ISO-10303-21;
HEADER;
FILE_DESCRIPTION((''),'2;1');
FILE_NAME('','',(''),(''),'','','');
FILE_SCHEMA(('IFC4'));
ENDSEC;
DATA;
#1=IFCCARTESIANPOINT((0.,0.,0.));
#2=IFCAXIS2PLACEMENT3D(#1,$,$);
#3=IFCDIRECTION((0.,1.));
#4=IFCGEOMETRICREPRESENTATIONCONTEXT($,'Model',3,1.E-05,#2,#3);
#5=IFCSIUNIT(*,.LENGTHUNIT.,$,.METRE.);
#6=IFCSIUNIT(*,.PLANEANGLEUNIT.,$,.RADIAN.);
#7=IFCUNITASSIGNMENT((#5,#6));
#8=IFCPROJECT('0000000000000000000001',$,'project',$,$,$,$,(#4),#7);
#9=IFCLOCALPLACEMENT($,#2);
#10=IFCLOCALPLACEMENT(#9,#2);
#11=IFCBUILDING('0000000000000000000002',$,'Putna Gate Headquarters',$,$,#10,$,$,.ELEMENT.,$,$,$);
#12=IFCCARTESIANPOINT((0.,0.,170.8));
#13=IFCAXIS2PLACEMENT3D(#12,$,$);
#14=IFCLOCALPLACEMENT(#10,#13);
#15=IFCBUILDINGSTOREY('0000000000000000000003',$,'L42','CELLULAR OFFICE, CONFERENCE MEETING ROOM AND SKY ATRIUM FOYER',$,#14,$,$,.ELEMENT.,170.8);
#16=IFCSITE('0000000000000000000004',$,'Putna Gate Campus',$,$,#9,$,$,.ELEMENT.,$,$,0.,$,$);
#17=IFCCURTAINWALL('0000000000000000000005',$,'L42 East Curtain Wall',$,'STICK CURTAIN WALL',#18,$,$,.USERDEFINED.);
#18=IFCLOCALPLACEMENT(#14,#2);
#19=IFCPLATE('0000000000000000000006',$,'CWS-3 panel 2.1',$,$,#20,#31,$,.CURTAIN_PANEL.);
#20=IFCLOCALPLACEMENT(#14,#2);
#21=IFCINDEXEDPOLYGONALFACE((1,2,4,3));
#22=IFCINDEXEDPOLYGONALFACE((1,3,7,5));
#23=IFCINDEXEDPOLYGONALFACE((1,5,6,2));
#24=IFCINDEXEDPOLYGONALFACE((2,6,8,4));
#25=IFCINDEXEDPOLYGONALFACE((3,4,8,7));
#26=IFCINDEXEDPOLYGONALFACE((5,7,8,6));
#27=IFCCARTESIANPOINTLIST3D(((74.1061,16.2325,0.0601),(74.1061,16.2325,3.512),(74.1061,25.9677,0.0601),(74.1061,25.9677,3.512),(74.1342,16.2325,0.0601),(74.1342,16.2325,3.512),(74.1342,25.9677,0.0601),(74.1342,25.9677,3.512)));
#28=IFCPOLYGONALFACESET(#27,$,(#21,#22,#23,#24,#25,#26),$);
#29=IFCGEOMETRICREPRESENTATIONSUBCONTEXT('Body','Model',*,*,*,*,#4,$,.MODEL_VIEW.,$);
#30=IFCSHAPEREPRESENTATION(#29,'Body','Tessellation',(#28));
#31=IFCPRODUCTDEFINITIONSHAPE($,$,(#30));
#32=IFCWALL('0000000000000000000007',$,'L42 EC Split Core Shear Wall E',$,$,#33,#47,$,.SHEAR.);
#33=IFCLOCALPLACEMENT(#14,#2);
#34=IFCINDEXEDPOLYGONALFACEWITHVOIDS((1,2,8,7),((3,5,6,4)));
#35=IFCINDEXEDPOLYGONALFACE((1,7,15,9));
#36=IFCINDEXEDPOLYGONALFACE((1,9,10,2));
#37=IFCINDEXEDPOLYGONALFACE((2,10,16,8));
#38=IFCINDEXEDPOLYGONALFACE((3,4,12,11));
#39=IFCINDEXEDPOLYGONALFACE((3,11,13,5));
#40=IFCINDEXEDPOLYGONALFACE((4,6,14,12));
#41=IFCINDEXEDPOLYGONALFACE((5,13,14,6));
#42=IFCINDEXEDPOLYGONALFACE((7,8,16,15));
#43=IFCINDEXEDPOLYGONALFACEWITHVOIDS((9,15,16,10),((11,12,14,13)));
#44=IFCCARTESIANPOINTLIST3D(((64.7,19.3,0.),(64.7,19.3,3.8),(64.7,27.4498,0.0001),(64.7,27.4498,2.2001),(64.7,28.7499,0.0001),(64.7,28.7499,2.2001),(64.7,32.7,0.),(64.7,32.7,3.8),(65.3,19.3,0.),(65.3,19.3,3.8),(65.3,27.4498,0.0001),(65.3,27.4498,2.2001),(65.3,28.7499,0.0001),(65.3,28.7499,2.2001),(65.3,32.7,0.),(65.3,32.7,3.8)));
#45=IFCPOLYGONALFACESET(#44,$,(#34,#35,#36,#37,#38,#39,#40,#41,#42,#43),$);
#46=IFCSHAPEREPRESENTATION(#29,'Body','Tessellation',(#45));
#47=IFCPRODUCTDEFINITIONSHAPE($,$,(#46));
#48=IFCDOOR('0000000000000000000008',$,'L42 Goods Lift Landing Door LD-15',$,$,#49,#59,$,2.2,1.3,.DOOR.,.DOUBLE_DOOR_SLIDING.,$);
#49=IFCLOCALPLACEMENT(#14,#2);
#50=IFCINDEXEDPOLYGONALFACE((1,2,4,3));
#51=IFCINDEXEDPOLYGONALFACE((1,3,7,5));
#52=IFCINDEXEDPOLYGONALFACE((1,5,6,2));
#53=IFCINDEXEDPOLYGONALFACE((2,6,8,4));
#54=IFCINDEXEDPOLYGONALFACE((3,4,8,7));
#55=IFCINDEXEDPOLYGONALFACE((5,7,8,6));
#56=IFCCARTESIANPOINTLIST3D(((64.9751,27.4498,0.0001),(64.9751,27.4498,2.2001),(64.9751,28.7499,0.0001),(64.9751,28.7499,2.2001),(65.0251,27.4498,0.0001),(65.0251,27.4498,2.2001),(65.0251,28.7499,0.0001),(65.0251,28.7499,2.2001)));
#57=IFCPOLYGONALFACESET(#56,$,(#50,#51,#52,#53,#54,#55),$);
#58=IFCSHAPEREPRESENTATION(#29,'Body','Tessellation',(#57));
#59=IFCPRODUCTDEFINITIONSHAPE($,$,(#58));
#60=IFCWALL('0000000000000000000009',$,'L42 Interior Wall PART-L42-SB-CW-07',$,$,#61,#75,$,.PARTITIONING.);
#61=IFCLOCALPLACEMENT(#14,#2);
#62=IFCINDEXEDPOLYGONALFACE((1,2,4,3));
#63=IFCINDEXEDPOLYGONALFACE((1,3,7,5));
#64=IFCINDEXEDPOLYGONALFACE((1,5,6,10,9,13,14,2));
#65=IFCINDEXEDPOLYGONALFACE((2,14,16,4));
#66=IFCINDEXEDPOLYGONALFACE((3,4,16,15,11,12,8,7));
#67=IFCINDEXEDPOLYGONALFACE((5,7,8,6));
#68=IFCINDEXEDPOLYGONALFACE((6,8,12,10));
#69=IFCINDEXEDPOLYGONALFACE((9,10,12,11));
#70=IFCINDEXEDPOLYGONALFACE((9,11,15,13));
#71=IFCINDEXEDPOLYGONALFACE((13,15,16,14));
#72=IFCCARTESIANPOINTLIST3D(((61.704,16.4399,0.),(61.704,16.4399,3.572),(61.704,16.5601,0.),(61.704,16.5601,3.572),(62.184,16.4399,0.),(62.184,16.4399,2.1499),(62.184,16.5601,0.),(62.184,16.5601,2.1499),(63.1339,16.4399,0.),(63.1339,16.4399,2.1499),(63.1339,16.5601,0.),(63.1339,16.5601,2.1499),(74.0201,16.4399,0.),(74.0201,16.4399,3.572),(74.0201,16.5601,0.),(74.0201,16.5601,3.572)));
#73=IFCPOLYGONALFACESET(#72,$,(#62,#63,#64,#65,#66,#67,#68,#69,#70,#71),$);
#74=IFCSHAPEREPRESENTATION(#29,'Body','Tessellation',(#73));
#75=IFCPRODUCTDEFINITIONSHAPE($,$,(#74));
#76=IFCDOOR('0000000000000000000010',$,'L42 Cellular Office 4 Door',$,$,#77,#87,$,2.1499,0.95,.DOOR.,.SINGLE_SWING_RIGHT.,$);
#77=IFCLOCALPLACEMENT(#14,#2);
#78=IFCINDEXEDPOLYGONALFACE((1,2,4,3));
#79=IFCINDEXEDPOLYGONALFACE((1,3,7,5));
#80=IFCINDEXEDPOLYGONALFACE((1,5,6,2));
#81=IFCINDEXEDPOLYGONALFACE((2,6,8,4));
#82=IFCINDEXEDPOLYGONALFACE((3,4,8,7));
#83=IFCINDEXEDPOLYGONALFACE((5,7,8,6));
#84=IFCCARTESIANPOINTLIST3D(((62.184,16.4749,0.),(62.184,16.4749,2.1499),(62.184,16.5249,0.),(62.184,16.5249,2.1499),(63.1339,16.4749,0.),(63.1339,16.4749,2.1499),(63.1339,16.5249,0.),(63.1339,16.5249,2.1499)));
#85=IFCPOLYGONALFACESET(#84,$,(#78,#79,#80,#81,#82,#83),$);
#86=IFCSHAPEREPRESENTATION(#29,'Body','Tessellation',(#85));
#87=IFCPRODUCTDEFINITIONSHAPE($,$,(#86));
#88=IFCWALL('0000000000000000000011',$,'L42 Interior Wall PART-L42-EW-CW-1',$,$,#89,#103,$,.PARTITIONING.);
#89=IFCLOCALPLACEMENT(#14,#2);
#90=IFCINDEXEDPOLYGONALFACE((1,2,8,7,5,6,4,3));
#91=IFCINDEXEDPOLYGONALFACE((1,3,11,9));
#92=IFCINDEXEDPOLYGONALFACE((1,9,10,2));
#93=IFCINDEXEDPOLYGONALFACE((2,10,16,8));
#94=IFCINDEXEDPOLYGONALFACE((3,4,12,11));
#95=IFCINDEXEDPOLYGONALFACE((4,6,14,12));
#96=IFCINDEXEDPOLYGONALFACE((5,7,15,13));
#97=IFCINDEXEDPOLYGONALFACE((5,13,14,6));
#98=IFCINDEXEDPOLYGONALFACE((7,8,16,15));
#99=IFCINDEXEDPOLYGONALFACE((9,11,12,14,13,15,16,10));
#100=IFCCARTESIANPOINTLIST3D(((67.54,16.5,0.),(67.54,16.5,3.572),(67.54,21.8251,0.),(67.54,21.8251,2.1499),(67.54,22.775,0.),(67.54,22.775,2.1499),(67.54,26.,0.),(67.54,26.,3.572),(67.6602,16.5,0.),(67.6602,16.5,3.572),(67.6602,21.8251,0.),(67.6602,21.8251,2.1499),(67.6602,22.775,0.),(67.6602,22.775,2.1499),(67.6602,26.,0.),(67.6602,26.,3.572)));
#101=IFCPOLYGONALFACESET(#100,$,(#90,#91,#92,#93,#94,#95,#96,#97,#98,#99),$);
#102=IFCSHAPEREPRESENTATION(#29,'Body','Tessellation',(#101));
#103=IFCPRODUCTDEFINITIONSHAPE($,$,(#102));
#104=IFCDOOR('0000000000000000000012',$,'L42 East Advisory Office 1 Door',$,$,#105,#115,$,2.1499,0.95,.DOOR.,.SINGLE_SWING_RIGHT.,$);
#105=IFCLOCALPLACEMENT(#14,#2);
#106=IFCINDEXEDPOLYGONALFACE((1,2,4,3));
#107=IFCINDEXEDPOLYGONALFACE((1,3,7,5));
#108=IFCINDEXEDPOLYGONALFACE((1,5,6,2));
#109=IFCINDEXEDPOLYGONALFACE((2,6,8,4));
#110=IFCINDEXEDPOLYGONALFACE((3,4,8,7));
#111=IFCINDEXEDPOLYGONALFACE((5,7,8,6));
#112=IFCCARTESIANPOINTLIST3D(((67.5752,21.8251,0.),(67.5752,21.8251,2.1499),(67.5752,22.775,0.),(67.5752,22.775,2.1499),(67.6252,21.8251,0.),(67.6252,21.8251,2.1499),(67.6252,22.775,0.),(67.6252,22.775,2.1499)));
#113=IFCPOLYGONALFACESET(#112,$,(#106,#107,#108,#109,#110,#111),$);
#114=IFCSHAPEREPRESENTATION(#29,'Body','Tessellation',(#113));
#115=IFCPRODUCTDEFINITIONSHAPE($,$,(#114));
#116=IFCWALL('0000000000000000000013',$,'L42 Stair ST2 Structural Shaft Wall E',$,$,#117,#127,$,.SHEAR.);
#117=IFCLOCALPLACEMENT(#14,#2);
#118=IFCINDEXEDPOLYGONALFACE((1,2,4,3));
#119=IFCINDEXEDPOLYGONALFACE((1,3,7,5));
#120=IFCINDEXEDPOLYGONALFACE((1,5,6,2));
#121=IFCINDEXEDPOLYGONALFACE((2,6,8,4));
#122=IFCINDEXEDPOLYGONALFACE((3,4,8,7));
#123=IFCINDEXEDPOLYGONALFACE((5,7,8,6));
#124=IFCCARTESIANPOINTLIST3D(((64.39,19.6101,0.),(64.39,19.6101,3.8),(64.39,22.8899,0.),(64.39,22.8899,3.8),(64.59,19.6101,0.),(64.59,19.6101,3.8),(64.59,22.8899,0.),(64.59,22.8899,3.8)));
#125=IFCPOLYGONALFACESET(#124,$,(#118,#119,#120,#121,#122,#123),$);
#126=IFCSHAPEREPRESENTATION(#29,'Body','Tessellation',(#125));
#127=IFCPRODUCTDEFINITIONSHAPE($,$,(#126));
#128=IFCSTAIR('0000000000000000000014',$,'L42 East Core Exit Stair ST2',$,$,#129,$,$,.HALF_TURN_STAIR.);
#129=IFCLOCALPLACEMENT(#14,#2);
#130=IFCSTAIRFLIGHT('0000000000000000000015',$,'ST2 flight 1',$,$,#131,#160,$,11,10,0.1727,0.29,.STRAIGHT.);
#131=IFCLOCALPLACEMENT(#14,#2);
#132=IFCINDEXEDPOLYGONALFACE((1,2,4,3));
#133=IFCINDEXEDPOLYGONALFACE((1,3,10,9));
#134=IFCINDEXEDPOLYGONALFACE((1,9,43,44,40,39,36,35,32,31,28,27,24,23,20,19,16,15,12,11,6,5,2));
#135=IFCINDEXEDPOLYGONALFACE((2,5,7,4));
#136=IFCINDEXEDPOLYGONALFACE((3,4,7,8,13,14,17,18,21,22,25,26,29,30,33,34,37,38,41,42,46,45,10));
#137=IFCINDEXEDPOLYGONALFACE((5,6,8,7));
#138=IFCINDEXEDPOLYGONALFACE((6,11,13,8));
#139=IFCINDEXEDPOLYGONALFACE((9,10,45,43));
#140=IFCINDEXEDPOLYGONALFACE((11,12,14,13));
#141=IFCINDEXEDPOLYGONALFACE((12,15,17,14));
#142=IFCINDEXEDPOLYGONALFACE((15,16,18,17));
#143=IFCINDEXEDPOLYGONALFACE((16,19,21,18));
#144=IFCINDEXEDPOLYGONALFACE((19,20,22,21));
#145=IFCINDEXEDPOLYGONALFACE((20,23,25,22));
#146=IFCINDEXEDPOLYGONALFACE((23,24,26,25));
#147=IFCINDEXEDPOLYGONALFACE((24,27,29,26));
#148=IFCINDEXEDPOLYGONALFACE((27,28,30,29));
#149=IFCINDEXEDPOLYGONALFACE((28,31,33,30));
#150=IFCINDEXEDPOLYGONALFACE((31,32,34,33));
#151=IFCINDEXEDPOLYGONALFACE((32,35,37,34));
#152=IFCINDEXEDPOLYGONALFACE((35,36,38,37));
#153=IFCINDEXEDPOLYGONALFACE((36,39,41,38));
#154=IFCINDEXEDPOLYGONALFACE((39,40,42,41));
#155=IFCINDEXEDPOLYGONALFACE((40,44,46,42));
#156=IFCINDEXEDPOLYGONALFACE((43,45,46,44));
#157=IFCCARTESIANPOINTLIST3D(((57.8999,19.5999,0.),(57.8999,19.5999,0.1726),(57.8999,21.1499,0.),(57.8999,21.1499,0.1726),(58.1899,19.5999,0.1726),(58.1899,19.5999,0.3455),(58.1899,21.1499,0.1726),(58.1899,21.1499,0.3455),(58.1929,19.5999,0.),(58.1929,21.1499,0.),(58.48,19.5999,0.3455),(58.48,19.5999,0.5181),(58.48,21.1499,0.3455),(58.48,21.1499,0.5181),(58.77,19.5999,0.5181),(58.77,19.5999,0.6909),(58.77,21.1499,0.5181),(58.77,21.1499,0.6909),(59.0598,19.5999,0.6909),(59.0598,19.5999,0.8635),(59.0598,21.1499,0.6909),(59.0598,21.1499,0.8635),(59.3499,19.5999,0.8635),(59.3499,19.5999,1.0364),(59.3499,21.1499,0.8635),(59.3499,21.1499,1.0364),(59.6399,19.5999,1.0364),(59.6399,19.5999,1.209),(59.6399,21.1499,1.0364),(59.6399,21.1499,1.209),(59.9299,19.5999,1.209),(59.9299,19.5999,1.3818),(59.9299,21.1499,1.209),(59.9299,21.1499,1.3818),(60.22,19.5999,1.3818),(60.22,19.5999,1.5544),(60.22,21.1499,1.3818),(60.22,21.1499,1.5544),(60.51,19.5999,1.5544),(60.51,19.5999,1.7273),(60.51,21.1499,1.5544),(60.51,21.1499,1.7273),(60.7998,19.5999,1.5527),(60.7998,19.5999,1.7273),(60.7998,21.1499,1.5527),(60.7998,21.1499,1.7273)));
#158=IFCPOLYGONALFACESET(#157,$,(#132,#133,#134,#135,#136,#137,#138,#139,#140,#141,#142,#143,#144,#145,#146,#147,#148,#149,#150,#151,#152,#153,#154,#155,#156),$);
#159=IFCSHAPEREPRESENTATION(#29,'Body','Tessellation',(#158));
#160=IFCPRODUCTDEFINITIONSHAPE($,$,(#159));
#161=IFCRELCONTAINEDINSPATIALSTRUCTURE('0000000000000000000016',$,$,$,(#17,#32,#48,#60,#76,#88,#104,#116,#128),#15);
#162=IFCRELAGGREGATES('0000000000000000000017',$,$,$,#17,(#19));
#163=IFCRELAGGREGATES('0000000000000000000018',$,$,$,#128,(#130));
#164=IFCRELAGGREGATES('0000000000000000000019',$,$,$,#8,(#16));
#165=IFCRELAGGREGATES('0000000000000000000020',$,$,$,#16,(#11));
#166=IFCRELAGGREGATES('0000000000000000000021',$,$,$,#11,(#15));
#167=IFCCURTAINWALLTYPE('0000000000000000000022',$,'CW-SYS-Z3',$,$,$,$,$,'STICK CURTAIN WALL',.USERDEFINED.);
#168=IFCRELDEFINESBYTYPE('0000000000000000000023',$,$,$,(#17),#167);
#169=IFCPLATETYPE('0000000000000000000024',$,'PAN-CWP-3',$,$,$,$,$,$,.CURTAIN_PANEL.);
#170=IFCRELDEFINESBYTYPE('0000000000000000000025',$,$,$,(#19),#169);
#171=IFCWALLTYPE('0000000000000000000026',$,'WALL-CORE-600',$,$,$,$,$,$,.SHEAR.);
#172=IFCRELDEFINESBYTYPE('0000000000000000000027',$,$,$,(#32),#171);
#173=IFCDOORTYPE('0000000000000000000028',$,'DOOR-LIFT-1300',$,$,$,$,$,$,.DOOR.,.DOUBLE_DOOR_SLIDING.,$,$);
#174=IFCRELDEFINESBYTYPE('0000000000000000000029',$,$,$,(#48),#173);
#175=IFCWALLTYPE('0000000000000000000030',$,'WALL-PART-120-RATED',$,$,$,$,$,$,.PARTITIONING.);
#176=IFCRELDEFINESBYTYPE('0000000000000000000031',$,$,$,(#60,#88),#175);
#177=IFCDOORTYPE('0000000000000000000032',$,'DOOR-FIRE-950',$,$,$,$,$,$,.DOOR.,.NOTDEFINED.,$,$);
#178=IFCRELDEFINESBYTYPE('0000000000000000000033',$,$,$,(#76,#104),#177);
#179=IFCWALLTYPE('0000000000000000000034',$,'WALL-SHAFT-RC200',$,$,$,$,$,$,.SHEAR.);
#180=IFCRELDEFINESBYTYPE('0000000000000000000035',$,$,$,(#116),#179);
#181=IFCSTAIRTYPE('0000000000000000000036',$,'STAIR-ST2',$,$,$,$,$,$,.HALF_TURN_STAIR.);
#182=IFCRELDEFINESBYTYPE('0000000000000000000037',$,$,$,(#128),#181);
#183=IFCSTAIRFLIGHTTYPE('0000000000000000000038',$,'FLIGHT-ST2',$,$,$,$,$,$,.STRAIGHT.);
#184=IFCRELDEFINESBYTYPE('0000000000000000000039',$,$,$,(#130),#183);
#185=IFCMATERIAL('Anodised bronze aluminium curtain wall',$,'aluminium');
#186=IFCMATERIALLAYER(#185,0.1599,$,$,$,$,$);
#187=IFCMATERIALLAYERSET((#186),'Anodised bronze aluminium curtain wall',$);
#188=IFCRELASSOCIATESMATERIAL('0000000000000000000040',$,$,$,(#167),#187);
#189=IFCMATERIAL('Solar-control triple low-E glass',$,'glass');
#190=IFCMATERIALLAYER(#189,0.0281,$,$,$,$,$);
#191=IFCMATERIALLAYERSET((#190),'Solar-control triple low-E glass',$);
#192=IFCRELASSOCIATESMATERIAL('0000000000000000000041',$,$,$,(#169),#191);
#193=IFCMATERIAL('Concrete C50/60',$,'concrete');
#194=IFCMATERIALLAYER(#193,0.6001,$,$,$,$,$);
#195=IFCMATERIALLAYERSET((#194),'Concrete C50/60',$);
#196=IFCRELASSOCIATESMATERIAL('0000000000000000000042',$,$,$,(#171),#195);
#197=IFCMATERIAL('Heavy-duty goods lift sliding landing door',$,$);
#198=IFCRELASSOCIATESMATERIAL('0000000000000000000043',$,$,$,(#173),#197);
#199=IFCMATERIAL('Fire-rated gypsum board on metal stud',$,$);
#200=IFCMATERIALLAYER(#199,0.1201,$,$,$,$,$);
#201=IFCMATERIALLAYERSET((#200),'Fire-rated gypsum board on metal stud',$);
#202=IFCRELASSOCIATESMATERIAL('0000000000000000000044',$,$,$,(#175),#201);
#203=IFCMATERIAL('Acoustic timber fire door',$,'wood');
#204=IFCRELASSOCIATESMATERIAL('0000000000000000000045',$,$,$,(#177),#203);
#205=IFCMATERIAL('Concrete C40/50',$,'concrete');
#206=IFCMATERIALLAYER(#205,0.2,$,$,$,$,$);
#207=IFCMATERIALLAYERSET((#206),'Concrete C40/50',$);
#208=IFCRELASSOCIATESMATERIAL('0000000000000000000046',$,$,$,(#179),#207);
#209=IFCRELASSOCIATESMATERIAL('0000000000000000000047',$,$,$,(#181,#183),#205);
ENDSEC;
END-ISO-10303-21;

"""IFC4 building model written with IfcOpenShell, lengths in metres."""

from ifc_helpers import new_model, si_unit, direction, frame, frame_2d, origin, origin_2d, place, context, subcontext, project, spatial, polyline, rectangle, outline, extrude, material, layer, layer_set, type_object, element, fill, aggregate, save


model = new_model("IFC4")

# Units and contexts
model_context = context("Model", 3, precision=1e-05, world=origin(), true_north=direction((0.0, 1.0)))
body_context = subcontext(model_context, "Body", "Model", "MODEL_VIEW")
ifc_project = project(units=[si_unit("LENGTHUNIT", "METRE"), si_unit("PLANEANGLEUNIT", "RADIAN")], contexts=[model_context])

# Site, building, storey
site_placement = place(None, origin())
site = spatial("IfcSite", under=ifc_project, at=site_placement, Name="Putna Gate Campus", CompositionType="ELEMENT", RefElevation=0.0)
building_placement = place(site_placement, origin())
building = spatial("IfcBuilding", under=site, at=building_placement, Name="Putna Gate Headquarters", CompositionType="ELEMENT")
storey_placement = place(building_placement, frame((0.0, 0.0, 170.8)))
storey = spatial("IfcBuildingStorey", under=building, at=storey_placement, Name="L42", Description="CELLULAR OFFICE, CONFERENCE MEETING ROOM AND SKY ATRIUM FOYER", CompositionType="ELEMENT", Elevation=170.8)

# Shared definitions
ifc_material_1 = material(Name="Concrete C50/60", Category="concrete")

# Curtain wall, plate
ifc_material_2 = material(Name="Anodised bronze aluminium curtain wall", Category="aluminium")
ifc_layer_1 = layer(ifc_material_2, 0.1599)
ifc_layer_set_1 = layer_set([ifc_layer_1], Name="Anodised bronze aluminium curtain wall")
curtain_wall_type = type_object("IfcCurtainWallType", Name="CW-SYS-Z3", ElementType="STICK CURTAIN WALL", PredefinedType="USERDEFINED", material=ifc_layer_set_1)
curtain_wall_placement = place(storey_placement, origin())
curtain_wall = element("IfcCurtainWall", 1, at=curtain_wall_placement, inside=storey, type_object=curtain_wall_type, Name="L42 East Curtain Wall", ObjectType="STICK CURTAIN WALL", PredefinedType="USERDEFINED")
ifc_material_3 = material(Name="Solar-control triple low-E glass", Category="glass")
ifc_layer_2 = layer(ifc_material_3, 0.0281)
ifc_layer_set_2 = layer_set([ifc_layer_2], Name="Solar-control triple low-E glass")
plate_type = type_object("IfcPlateType", Name="PAN-CWP-3", PredefinedType="CURTAIN_PANEL", material=ifc_layer_set_2)
plate_placement = place(storey_placement, frame((74.1201, 21.1001, 0.0601), z_axis=(0.0, 0.0, 1.0), x_axis=(0.0, 1.0, 0.0)))
plate = element("IfcPlate", 2, at=plate_placement, type_object=plate_type, Name="CWS-3 panel 2.1", PredefinedType="CURTAIN_PANEL", context=body_context, shape_type="SweptSolid", body=[
    extrude(rectangle(XDim=9.7351, YDim=0.0281, at=origin_2d()), origin(), (0.0, 0.0, 1.0), 3.4519),
])
aggregate(curtain_wall, [plate])

# Walls, openings, doors
ifc_layer_3 = layer(ifc_material_1, 0.6001)
ifc_layer_set_3 = layer_set([ifc_layer_3], Name="Concrete C50/60")
wall_type_1 = type_object("IfcWallType", Name="WALL-CORE-600", PredefinedType="SHEAR", material=ifc_layer_set_3)
wall_1_placement = place(storey_placement, frame((65.0, 19.3, 0.0), z_axis=(0.0, 0.0, 1.0), x_axis=(0.0, 1.0, 0.0)))
wall_1 = element("IfcWall", 3, at=wall_1_placement, inside=storey, type_object=wall_type_1, Name="L42 EC Split Core Shear Wall E", PredefinedType="SHEAR", context=body_context, shape_type="SweptSolid", body=[
    extrude(rectangle(XDim=13.3999, YDim=0.6001, at=frame_2d((6.7, 0.0))), origin(), (0.0, 0.0, 1.0), 3.8),
])
opening_1_placement = place(wall_1_placement, frame((8.1499, 0.0, 0.0)))
opening_1 = element("IfcOpeningElement", 4, at=opening_1_placement, cuts=wall_1, PredefinedType="OPENING", context=body_context, shape_type="SweptSolid", body=[
    extrude(rectangle(XDim=1.3, YDim=2.2, at=frame_2d((0.6499, 1.1001))), frame((0.0, 0.3101, 0.0), z_axis=(0.0, -1.0, 0.0), x_axis=(1.0, 0.0, 0.0)), (0.0, 0.0, 1.0), 0.6201),
])
ifc_material_4 = material(Name="Heavy-duty goods lift sliding landing door")
door_type_1 = type_object("IfcDoorType", Name="DOOR-LIFT-1300", OperationType="DOUBLE_DOOR_SLIDING", PredefinedType="DOOR", material=ifc_material_4)
door_1_placement = place(opening_1_placement, origin())
door_1 = element("IfcDoor", 5, at=door_1_placement, inside=storey, type_object=door_type_1, Name="L42 Goods Lift Landing Door LD-15", OperationType="DOUBLE_DOOR_SLIDING", OverallHeight=2.2, OverallWidth=1.3, PredefinedType="DOOR", context=body_context, shape_type="SweptSolid", body=[
    extrude(rectangle(XDim=1.3, YDim=2.2, at=frame_2d((0.6499, 1.1001))), frame((0.0, 0.0249, 0.0), z_axis=(0.0, -1.0, 0.0), x_axis=(1.0, 0.0, 0.0)), (0.0, 0.0, 1.0), 0.05),
])
fill(opening_1, door_1)
ifc_material_5 = material(Name="Fire-rated gypsum board on metal stud")
ifc_layer_4 = layer(ifc_material_5, 0.1201)
ifc_layer_set_4 = layer_set([ifc_layer_4], Name="Fire-rated gypsum board on metal stud")
wall_type_2 = type_object("IfcWallType", Name="WALL-PART-120-RATED", PredefinedType="PARTITIONING", material=ifc_layer_set_4)
wall_2_placement = place(storey_placement, frame((61.7039, 16.5, 0.0), z_axis=(0.0, 0.0, 1.0), x_axis=(1.0, 0.0, 0.0)))
wall_2 = element("IfcWall", 6, at=wall_2_placement, inside=storey, type_object=wall_type_2, Name="L42 Interior Wall PART-L42-SB-CW-07", PredefinedType="PARTITIONING", context=body_context, shape_type="SweptSolid", body=[
    extrude(rectangle(XDim=12.3162, YDim=0.1201, at=frame_2d((6.1582, 0.0))), origin(), (0.0, 0.0, 1.0), 3.572),
])
opening_2_placement = place(wall_2_placement, frame((0.48, 0.0, 0.0)))
opening_2 = element("IfcOpeningElement", 7, at=opening_2_placement, cuts=wall_2, PredefinedType="OPENING", context=body_context, shape_type="SweptSolid", body=[
    extrude(rectangle(XDim=0.95, YDim=2.1499, at=frame_2d((0.4751, 1.075))), frame((0.0, 0.0701, 0.0), z_axis=(0.0, -1.0, 0.0), x_axis=(1.0, 0.0, 0.0)), (0.0, 0.0, 1.0), 0.1401),
])
ifc_material_6 = material(Name="Acoustic timber fire door", Category="wood")
door_type_2 = type_object("IfcDoorType", Name="DOOR-FIRE-950", OperationType="NOTDEFINED", PredefinedType="DOOR", material=ifc_material_6)
door_2_placement = place(opening_2_placement, origin())
door_2 = element("IfcDoor", 8, at=door_2_placement, inside=storey, type_object=door_type_2, Name="L42 Cellular Office 4 Door", OperationType="SINGLE_SWING_RIGHT", OverallHeight=2.1499, OverallWidth=0.95, PredefinedType="DOOR", context=body_context, shape_type="SweptSolid", body=[
    extrude(rectangle(XDim=0.95, YDim=2.1499, at=frame_2d((0.4751, 1.075))), frame((0.0, 0.0249, 0.0), z_axis=(0.0, -1.0, 0.0), x_axis=(1.0, 0.0, 0.0)), (0.0, 0.0, 1.0), 0.05),
])
fill(opening_2, door_2)
wall_3_placement = place(storey_placement, frame((67.6001, 16.5, 0.0), z_axis=(0.0, 0.0, 1.0), x_axis=(0.0, 1.0, 0.0)))
wall_3 = element("IfcWall", 9, at=wall_3_placement, inside=storey, type_object=wall_type_2, Name="L42 Interior Wall PART-L42-EW-CW-1", PredefinedType="PARTITIONING", context=body_context, shape_type="SweptSolid", body=[
    extrude(rectangle(XDim=9.5, YDim=0.1201, at=frame_2d((4.75, 0.0))), origin(), (0.0, 0.0, 1.0), 3.572),
])
opening_3_placement = place(wall_3_placement, frame((5.325, 0.0, 0.0)))
opening_3 = element("IfcOpeningElement", 10, at=opening_3_placement, cuts=wall_3, PredefinedType="OPENING", context=body_context, shape_type="SweptSolid", body=[
    extrude(rectangle(XDim=0.95, YDim=2.1499, at=frame_2d((0.4751, 1.075))), frame((0.0, 0.0701, 0.0), z_axis=(0.0, -1.0, 0.0), x_axis=(1.0, 0.0, 0.0)), (0.0, 0.0, 1.0), 0.1401),
])
door_3_placement = place(opening_3_placement, origin())
door_3 = element("IfcDoor", 11, at=door_3_placement, inside=storey, type_object=door_type_2, Name="L42 East Advisory Office 1 Door", OperationType="SINGLE_SWING_RIGHT", OverallHeight=2.1499, OverallWidth=0.95, PredefinedType="DOOR", context=body_context, shape_type="SweptSolid", body=[
    extrude(rectangle(XDim=0.95, YDim=2.1499, at=frame_2d((0.4751, 1.075))), frame((0.0, 0.0249, 0.0), z_axis=(0.0, -1.0, 0.0), x_axis=(1.0, 0.0, 0.0)), (0.0, 0.0, 1.0), 0.05),
])
fill(opening_3, door_3)

# Wall
ifc_material_7 = material(Name="Concrete C40/50", Category="concrete")
ifc_layer_5 = layer(ifc_material_7, 0.2)
ifc_layer_set_5 = layer_set([ifc_layer_5], Name="Concrete C40/50")
wall_type_3 = type_object("IfcWallType", Name="WALL-SHAFT-RC200", PredefinedType="SHEAR", material=ifc_layer_set_5)
wall_4_placement = place(storey_placement, frame((64.49, 19.6101, 0.0), z_axis=(0.0, 0.0, 1.0), x_axis=(0.0, 1.0, 0.0)))
element("IfcWall", 12, at=wall_4_placement, inside=storey, type_object=wall_type_3, Name="L42 Stair ST2 Structural Shaft Wall E", PredefinedType="SHEAR", context=body_context, shape_type="SweptSolid", body=[
    extrude(rectangle(XDim=3.2798, YDim=0.2, at=frame_2d((1.6399, 0.0))), origin(), (0.0, 0.0, 1.0), 3.8),
])

# Stair, stair flight
stair_type = type_object("IfcStairType", Name="STAIR-ST2", PredefinedType="HALF_TURN_STAIR", material=ifc_material_7)
stair_placement = place(storey_placement, origin())
stair = element("IfcStair", 13, at=stair_placement, inside=storey, type_object=stair_type, Name="L42 East Core Exit Stair ST2", PredefinedType="HALF_TURN_STAIR")
stair_flight_type = type_object("IfcStairFlightType", Name="FLIGHT-ST2", PredefinedType="STRAIGHT", material=ifc_material_7)
stair_flight_1_placement = place(storey_placement, frame((57.8999, 20.375, 0.0), z_axis=(0.0, 0.0, 1.0), x_axis=(1.0, 0.0, 0.0)))
stair_flight_1 = element("IfcStairFlight", 14, at=stair_flight_1_placement, type_object=stair_flight_type, Name="ST2 flight 1", NumberOfRisers=11, NumberOfTreads=10, PredefinedType="STRAIGHT", RiserHeight=0.1727, TreadLength=0.29, context=body_context, shape_type="SweptSolid", body=[
    extrude(outline(polyline([(0.0, 0.0), (0.0, 0.1726), (0.29, 0.1726), (0.29, 0.3455), (0.5801, 0.3455), (0.5801, 0.5181), (0.8701, 0.5181), (0.8701, 0.6909), (1.1599, 0.6909), (1.1599, 0.8635), (1.45, 0.8635), (1.45, 1.0364), (1.74, 1.0364), (1.74, 1.209), (2.03, 1.209), (2.03, 1.3818), (2.3201, 1.3818), (2.3201, 1.5544), (2.6101, 1.5544), (2.6101, 1.7273), (2.8999, 1.7273), (2.8999, 1.8999), (2.8999, 1.5527), (0.293, 0.0), (0.0, 0.0)])), frame((0.0, 0.7749, 0.0), z_axis=(0.0, -1.0, 0.0), x_axis=(1.0, 0.0, 0.0)), (0.0, 0.0, 1.0), 1.55),
])
aggregate(stair, [stair_flight_1])

save(model, "model.ifc")
